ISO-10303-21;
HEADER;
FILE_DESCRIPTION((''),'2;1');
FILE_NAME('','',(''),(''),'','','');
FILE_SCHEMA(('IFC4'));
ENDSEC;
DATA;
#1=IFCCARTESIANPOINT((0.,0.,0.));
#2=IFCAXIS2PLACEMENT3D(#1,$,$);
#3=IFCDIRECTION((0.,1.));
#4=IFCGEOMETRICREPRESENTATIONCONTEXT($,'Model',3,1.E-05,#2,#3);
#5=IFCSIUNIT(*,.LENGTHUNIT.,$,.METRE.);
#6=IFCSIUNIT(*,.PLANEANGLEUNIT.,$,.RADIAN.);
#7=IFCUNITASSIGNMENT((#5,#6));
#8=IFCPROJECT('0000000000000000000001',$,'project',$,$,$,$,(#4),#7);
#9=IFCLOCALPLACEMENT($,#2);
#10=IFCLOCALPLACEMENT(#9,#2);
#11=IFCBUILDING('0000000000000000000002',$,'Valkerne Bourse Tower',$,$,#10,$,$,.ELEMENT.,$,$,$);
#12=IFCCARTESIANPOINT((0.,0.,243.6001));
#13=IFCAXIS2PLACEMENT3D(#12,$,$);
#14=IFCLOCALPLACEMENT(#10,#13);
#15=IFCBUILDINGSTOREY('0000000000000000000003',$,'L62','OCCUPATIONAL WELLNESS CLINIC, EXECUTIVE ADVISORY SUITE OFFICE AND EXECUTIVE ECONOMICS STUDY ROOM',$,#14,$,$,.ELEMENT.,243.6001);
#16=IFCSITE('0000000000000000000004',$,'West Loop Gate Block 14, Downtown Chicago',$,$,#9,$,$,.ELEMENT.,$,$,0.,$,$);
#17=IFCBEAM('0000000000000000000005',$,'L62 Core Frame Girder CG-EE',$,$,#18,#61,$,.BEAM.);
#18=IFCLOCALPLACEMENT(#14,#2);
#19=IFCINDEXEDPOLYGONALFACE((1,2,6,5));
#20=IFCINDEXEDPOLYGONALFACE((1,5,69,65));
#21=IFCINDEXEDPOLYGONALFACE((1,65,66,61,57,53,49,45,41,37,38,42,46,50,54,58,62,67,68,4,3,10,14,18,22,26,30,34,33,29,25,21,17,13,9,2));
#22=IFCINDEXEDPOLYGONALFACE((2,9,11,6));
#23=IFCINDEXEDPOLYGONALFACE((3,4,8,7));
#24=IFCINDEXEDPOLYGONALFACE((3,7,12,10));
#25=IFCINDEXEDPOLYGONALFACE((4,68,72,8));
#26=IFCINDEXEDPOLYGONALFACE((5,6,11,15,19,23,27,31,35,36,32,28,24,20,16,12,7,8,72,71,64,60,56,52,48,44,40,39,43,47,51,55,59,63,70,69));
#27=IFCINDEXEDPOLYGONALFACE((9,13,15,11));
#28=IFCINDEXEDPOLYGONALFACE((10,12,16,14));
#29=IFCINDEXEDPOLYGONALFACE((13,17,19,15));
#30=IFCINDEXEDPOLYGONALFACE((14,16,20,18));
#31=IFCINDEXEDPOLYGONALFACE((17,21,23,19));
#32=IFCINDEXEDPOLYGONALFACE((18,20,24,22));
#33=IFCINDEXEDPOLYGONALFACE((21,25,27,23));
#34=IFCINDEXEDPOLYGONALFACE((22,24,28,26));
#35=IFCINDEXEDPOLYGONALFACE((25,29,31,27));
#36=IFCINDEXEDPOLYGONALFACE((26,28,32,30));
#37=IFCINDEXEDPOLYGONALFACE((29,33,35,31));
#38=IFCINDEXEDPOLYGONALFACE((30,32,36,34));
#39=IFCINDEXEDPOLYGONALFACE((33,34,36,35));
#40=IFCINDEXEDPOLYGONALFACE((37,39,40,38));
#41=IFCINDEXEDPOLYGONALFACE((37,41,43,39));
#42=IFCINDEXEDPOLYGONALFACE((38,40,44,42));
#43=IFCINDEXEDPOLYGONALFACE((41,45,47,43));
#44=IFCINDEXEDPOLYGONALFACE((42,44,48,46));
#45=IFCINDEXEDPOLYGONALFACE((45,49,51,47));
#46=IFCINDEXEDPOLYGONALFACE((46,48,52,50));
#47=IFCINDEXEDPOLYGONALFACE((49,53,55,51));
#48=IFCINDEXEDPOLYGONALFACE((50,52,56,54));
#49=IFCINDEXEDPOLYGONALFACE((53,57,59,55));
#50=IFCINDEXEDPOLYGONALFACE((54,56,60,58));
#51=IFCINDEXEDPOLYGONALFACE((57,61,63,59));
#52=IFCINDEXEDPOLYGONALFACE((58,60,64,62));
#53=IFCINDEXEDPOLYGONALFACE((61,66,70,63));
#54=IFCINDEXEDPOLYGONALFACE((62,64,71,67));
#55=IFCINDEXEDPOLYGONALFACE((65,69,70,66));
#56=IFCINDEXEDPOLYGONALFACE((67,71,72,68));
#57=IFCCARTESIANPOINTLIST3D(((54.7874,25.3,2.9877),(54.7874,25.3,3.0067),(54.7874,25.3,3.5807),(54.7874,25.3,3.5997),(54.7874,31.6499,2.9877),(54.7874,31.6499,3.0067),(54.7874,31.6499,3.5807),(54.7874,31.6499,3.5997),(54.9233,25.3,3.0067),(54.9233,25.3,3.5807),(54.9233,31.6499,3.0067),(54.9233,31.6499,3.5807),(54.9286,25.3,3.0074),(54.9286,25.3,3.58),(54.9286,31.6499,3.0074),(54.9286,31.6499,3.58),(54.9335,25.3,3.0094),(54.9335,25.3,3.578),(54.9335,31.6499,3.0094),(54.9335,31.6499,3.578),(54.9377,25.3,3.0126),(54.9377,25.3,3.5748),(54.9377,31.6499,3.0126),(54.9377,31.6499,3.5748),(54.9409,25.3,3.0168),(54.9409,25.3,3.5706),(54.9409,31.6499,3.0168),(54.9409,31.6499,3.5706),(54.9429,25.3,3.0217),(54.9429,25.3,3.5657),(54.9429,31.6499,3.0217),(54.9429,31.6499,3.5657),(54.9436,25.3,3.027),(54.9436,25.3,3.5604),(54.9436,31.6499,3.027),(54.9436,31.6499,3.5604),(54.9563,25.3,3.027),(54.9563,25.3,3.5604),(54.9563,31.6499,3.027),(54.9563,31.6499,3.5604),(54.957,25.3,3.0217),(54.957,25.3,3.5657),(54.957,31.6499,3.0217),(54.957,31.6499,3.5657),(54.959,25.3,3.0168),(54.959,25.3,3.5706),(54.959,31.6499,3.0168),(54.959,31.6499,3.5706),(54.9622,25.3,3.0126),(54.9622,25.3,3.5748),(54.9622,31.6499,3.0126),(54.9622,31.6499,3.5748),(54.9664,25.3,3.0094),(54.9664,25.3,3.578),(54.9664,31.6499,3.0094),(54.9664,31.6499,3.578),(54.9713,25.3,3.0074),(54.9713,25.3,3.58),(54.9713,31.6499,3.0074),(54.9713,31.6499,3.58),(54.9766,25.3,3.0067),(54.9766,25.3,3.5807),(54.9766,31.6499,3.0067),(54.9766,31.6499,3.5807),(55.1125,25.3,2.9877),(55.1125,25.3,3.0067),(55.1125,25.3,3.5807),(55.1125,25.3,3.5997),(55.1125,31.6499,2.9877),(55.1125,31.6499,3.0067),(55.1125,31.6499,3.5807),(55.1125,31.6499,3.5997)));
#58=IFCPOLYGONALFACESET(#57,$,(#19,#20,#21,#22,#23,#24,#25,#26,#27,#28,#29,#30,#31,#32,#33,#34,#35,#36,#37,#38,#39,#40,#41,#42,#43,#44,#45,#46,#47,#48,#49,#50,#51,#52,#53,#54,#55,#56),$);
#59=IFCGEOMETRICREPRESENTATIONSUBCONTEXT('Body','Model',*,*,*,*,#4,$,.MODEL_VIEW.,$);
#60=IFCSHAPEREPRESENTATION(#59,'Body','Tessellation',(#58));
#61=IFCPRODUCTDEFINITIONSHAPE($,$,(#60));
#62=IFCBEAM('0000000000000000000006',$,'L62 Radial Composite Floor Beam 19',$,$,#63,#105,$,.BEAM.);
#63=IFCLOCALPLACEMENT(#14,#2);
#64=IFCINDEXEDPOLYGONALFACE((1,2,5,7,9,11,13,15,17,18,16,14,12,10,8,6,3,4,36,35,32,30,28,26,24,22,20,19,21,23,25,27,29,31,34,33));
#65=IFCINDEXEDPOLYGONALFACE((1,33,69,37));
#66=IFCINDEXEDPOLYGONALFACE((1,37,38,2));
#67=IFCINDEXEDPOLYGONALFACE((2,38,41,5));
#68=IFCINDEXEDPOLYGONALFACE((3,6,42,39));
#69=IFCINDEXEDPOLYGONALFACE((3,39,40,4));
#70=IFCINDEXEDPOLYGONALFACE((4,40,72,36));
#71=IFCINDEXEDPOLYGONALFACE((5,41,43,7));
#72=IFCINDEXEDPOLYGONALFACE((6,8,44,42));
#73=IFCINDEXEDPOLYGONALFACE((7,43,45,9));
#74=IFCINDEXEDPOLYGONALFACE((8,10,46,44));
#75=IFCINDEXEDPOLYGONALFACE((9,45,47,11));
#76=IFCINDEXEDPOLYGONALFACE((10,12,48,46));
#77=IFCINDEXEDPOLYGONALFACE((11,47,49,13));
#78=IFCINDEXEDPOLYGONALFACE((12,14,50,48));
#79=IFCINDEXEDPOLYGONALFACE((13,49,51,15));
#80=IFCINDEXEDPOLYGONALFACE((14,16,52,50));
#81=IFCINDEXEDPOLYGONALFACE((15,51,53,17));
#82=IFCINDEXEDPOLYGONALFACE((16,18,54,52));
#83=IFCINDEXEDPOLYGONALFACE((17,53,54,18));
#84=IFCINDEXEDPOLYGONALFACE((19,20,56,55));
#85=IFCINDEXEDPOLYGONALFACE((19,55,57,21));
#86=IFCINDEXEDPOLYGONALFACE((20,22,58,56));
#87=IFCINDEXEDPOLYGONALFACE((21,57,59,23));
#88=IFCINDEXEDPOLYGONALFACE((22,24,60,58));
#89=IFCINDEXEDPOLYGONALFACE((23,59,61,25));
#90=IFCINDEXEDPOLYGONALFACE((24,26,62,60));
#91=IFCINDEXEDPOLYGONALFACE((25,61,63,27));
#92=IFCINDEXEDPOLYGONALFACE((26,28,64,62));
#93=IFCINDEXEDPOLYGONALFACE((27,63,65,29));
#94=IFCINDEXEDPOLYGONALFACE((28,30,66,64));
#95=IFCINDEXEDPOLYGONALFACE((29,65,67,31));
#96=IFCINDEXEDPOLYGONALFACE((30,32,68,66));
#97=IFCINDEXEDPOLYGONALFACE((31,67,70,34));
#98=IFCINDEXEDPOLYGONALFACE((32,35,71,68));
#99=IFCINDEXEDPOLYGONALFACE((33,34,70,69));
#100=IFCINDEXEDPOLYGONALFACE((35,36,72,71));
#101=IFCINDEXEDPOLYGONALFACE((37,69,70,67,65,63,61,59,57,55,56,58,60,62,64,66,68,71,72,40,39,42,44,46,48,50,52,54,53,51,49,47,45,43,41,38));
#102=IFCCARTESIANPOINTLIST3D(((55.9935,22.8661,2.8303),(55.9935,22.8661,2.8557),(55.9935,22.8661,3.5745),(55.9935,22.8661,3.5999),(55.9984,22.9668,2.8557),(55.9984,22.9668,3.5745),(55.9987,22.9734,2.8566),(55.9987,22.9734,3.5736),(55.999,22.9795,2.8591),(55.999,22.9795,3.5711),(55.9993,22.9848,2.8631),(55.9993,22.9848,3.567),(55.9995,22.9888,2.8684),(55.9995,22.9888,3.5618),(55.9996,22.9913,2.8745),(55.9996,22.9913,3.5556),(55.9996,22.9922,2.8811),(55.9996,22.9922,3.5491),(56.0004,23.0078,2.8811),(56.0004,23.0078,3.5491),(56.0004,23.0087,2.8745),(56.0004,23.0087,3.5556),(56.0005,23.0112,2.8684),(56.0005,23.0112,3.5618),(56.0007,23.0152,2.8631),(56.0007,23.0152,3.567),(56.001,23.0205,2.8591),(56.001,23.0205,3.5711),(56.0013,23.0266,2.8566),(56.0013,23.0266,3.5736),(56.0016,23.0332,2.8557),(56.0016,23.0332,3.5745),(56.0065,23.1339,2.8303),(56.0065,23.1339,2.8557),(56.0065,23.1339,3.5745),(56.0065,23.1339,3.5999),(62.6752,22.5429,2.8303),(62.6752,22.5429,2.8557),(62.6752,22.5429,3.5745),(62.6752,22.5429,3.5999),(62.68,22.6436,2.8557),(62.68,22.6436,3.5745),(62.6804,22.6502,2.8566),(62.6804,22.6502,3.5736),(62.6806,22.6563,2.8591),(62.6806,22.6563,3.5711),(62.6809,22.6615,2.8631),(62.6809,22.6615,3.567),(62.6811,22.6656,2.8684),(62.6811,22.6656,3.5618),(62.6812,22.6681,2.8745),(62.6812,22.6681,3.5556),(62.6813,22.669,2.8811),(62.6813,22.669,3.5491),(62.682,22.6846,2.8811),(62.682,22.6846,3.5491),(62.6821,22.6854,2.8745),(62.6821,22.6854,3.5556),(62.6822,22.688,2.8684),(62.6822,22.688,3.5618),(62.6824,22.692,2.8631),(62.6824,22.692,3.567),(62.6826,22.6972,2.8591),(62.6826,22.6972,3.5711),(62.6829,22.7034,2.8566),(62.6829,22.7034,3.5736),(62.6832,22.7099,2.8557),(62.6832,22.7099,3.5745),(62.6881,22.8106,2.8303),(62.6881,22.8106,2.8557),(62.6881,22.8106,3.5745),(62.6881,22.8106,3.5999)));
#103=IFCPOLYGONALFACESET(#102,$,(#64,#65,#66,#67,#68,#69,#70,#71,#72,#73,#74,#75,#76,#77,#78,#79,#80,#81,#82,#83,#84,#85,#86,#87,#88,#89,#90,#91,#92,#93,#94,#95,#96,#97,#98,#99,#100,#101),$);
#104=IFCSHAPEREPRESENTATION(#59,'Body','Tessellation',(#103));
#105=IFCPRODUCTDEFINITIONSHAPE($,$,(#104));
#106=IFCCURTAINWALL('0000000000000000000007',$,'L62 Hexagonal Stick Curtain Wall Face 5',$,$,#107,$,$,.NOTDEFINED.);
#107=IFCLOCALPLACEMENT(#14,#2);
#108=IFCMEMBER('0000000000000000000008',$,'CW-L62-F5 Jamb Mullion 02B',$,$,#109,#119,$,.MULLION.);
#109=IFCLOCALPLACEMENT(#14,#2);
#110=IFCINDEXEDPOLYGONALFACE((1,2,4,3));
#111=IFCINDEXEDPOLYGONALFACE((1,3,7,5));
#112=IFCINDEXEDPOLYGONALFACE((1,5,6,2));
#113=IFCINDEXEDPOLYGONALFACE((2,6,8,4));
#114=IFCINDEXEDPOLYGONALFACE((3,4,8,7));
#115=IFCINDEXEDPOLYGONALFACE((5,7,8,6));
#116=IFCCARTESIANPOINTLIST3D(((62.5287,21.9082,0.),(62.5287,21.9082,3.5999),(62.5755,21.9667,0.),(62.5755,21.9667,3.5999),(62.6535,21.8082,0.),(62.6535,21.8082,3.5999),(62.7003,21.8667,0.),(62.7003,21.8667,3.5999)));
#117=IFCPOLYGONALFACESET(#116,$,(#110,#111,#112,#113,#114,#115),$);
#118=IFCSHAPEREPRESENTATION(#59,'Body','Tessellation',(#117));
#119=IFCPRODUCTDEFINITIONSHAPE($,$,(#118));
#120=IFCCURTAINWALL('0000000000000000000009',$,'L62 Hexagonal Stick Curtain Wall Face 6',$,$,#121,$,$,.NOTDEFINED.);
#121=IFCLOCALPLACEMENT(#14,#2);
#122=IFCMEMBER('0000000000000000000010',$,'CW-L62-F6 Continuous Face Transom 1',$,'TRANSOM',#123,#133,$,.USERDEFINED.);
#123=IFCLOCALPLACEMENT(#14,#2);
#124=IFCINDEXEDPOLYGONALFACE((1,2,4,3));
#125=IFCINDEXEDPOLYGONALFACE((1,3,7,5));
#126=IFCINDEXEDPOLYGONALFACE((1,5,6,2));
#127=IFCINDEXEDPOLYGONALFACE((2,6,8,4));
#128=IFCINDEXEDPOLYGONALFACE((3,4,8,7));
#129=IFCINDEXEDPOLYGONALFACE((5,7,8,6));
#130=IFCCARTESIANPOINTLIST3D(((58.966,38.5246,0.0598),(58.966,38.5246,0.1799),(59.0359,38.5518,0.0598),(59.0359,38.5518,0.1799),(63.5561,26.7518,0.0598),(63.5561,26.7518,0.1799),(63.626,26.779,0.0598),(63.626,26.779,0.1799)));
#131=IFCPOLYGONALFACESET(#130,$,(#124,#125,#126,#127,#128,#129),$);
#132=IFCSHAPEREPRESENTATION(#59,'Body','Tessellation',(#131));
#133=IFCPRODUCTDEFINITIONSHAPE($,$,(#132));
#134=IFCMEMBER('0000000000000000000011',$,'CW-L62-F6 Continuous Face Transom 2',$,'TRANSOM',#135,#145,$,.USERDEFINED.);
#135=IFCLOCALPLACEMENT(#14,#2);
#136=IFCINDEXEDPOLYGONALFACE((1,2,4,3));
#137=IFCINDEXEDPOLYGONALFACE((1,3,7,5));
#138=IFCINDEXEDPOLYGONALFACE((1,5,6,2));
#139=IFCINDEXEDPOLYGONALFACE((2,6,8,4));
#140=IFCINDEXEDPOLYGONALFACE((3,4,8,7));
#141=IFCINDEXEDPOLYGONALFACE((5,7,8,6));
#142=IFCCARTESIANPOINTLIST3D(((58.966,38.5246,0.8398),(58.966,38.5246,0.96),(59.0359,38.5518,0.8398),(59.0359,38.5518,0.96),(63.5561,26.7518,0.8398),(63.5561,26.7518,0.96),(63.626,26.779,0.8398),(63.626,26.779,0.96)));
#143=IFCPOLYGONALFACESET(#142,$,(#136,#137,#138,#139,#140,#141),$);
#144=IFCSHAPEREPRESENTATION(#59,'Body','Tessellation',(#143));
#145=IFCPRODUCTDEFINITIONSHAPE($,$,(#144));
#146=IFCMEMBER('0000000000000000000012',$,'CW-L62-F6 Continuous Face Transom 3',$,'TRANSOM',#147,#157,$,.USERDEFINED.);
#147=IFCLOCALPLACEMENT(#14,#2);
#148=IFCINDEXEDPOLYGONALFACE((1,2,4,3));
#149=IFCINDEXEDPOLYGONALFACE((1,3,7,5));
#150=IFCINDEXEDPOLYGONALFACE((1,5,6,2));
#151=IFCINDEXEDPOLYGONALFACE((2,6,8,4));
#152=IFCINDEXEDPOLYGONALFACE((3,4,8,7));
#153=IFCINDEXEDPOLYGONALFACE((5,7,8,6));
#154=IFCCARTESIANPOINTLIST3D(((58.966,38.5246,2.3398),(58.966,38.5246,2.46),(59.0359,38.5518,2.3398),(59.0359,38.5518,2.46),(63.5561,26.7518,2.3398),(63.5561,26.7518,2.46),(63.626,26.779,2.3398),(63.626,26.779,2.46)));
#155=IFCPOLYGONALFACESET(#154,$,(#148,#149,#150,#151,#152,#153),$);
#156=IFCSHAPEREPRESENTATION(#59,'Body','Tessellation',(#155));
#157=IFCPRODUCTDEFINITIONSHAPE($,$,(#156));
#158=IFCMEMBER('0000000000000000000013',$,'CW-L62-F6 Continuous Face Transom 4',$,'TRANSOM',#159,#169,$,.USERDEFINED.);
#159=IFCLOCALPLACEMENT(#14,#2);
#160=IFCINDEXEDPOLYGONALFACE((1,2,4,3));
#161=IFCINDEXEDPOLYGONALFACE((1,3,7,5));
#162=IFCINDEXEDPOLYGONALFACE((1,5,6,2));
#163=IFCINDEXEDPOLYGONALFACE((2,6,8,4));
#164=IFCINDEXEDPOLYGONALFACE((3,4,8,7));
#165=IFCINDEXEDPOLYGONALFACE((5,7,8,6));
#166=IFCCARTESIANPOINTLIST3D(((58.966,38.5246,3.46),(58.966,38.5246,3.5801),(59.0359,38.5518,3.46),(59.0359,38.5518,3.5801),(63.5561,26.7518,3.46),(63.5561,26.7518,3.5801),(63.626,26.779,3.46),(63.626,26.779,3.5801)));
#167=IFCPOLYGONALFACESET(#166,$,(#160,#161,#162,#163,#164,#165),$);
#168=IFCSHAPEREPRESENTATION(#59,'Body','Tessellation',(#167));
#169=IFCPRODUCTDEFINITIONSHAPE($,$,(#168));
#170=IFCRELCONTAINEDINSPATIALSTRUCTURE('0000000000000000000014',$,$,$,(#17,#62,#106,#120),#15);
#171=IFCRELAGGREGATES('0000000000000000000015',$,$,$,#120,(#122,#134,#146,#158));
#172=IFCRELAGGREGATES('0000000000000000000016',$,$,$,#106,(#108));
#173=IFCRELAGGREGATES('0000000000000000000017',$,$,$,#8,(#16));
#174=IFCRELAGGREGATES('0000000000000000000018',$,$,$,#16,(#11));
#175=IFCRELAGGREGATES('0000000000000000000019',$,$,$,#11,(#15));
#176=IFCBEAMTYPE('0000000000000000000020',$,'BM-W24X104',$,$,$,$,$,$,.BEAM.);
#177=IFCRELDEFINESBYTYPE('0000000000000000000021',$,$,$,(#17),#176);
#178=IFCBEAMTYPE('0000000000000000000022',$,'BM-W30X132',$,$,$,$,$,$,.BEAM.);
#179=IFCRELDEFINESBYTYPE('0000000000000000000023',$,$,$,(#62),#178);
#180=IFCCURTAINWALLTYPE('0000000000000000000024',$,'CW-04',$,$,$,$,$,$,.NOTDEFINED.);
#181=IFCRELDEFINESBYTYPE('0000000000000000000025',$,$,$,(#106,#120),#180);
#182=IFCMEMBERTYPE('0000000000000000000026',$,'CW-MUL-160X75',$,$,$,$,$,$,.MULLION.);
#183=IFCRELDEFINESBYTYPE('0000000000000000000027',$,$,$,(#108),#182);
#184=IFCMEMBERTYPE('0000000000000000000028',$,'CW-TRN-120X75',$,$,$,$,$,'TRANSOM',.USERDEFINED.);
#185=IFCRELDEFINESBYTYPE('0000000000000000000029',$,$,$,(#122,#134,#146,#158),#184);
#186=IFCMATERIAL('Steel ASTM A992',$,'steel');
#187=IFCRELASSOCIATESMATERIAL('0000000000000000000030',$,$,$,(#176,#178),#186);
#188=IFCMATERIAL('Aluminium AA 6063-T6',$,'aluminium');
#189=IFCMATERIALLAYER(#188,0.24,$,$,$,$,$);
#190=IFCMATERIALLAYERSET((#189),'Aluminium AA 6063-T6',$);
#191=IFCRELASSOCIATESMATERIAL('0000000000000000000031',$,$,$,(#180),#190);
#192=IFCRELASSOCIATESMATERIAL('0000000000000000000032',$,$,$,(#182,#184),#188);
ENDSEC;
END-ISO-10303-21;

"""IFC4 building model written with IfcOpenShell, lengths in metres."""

from ifc_helpers import new_model, si_unit, direction, frame, origin, origin_2d, place, context, subcontext, project, spatial, rectangle, i_section, extrude, material, layer, layer_set, material_profile, profile_set, type_object, element, aggregate, save


model = new_model("IFC4")

# Units and contexts
model_context = context("Model", 3, precision=1e-05, world=origin(), true_north=direction((0.0, 1.0)))
body_context = subcontext(model_context, "Body", "Model", "MODEL_VIEW")
ifc_project = project(units=[si_unit("LENGTHUNIT", "METRE"), si_unit("PLANEANGLEUNIT", "RADIAN")], contexts=[model_context])

# Site, building, storey
site_placement = place(None, origin())
site = spatial("IfcSite", under=ifc_project, at=site_placement, Name="West Loop Gate Block 14, Downtown Chicago", CompositionType="ELEMENT", RefElevation=0.0)
building_placement = place(site_placement, origin())
building = spatial("IfcBuilding", under=site, at=building_placement, Name="Valkerne Bourse Tower", CompositionType="ELEMENT")
storey_placement = place(building_placement, frame((0.0, 0.0, 243.6001)))
storey = spatial("IfcBuildingStorey", under=building, at=storey_placement, Name="L62", Description="OCCUPATIONAL WELLNESS CLINIC, EXECUTIVE ADVISORY SUITE OFFICE AND EXECUTIVE ECONOMICS STUDY ROOM", CompositionType="ELEMENT", Elevation=243.6001)

# Beams
ifc_material_1 = material(Name="Steel ASTM A992", Category="steel")
ifc_material_profile_1 = material_profile(ifc_material_1, i_section(OverallWidth=0.3252, OverallDepth=0.6121, WebThickness=0.0127, FlangeThickness=0.019, FilletRadius=0.0203, at=origin_2d()), Name="W24X104")
ifc_profile_set_1 = profile_set([ifc_material_profile_1], Name="Steel ASTM A992")
beam_type_1 = type_object("IfcBeamType", Name="BM-W24X104", PredefinedType="BEAM", material=ifc_profile_set_1)
beam_1_placement = place(storey_placement, frame((54.95, 25.3, 3.2937), z_axis=(0.0, 1.0, 0.0), x_axis=(-1.0, 0.0, 0.0)))
element("IfcBeam", 1, at=beam_1_placement, inside=storey, type_object=beam_type_1, Name="L62 Core Frame Girder CG-EE", PredefinedType="BEAM", context=body_context, shape_type="SweptSolid", body=[
    extrude(i_section(OverallWidth=0.3252, OverallDepth=0.6121, WebThickness=0.0127, FlangeThickness=0.019, FilletRadius=0.0203, at=origin_2d()), origin(), (0.0, 0.0, 1.0), 6.3499),
])
ifc_material_profile_2 = material_profile(ifc_material_1, i_section(OverallWidth=0.2681, OverallDepth=0.7695, WebThickness=0.0156, FlangeThickness=0.0254, FilletRadius=0.0254, at=origin_2d()), Name="W30X132")
ifc_profile_set_2 = profile_set([ifc_material_profile_2], Name="Steel ASTM A992")
beam_type_2 = type_object("IfcBeamType", Name="BM-W30X132", PredefinedType="BEAM", material=ifc_profile_set_2)
beam_2_placement = place(storey_placement, frame((62.6816, 22.6768, 3.2151), z_axis=(-0.998832, 0.048321, 0.0), x_axis=(-0.048321, -0.998832, 0.0)))
element("IfcBeam", 2, at=beam_2_placement, inside=storey, type_object=beam_type_2, Name="L62 Radial Composite Floor Beam 19", PredefinedType="BEAM", context=body_context, shape_type="SweptSolid", body=[
    extrude(i_section(OverallWidth=0.2681, OverallDepth=0.7695, WebThickness=0.0156, FlangeThickness=0.0254, FilletRadius=0.0254, at=origin_2d()), origin(), (0.0, 0.0, 1.0), 6.6895),
])

# Curtain wall, member
ifc_material_2 = material(Name="Aluminium AA 6063-T6", Category="aluminium")
ifc_layer_1 = layer(ifc_material_2, 0.24)
ifc_layer_set_1 = layer_set([ifc_layer_1], Name="Aluminium AA 6063-T6")
curtain_wall_type = type_object("IfcCurtainWallType", Name="CW-04", PredefinedType="NOTDEFINED", material=ifc_layer_set_1)
curtain_wall_1_placement = place(storey_placement, origin())
curtain_wall_1 = element("IfcCurtainWall", 3, at=curtain_wall_1_placement, inside=storey, type_object=curtain_wall_type, Name="L62 Hexagonal Stick Curtain Wall Face 5", PredefinedType="NOTDEFINED")
ifc_material_profile_3 = material_profile(ifc_material_2, rectangle(XDim=0.075, YDim=0.1599, at=origin_2d()), Name="CWM-75X160")
ifc_profile_set_3 = profile_set([ifc_material_profile_3], Name="Aluminium AA 6063-T6")
member_type_1 = type_object("IfcMemberType", Name="CW-MUL-160X75", PredefinedType="MULLION", material=ifc_profile_set_3)
member_1_placement = place(storey_placement, frame((62.6145, 21.8875, 0.0), z_axis=(0.0, 0.0, 1.0), x_axis=(0.625236, 0.780435, 0.0)))
member_1 = element("IfcMember", 4, at=member_1_placement, type_object=member_type_1, Name="CW-L62-F5 Jamb Mullion 02B", PredefinedType="MULLION", context=body_context, shape_type="SweptSolid", body=[
    extrude(rectangle(XDim=0.075, YDim=0.1599, at=origin_2d()), origin(), (0.0, 0.0, 1.0), 3.5999),
])

# Curtain wall, members
curtain_wall_2_placement = place(storey_placement, origin())
curtain_wall_2 = element("IfcCurtainWall", 5, at=curtain_wall_2_placement, inside=storey, type_object=curtain_wall_type, Name="L62 Hexagonal Stick Curtain Wall Face 6", PredefinedType="NOTDEFINED")
ifc_material_profile_4 = material_profile(ifc_material_2, rectangle(XDim=0.075, YDim=0.1201, at=origin_2d()), Name="CWT-75X120")
ifc_profile_set_4 = profile_set([ifc_material_profile_4], Name="Aluminium AA 6063-T6")
member_type_2 = type_object("IfcMemberType", Name="CW-TRN-120X75", ElementType="TRANSOM", PredefinedType="USERDEFINED", material=ifc_profile_set_4)
member_2_placement = place(storey_placement, frame((63.5911, 26.7654, 0.1199), z_axis=(-0.363258, 0.931688, 0.0), x_axis=(-0.931688, -0.363258, 0.0)))
member_2 = element("IfcMember", 6, at=member_2_placement, type_object=member_type_2, Name="CW-L62-F6 Continuous Face Transom 1", ObjectType="TRANSOM", PredefinedType="USERDEFINED", context=body_context, shape_type="SweptSolid", body=[
    extrude(rectangle(XDim=0.075, YDim=0.1201, at=origin_2d()), origin(), (0.0, 0.0, 1.0), 12.636),
])
member_3_placement = place(storey_placement, frame((63.5911, 26.7654, 0.8999), z_axis=(-0.363258, 0.931688, 0.0), x_axis=(-0.931688, -0.363258, 0.0)))
member_3 = element("IfcMember", 7, at=member_3_placement, type_object=member_type_2, Name="CW-L62-F6 Continuous Face Transom 2", ObjectType="TRANSOM", PredefinedType="USERDEFINED", context=body_context, shape_type="SweptSolid", body=[
    extrude(rectangle(XDim=0.075, YDim=0.1201, at=origin_2d()), origin(), (0.0, 0.0, 1.0), 12.636),
])
member_4_placement = place(storey_placement, frame((63.5911, 26.7654, 2.3999), z_axis=(-0.363258, 0.931688, 0.0), x_axis=(-0.931688, -0.363258, 0.0)))
member_4 = element("IfcMember", 8, at=member_4_placement, type_object=member_type_2, Name="CW-L62-F6 Continuous Face Transom 3", ObjectType="TRANSOM", PredefinedType="USERDEFINED", context=body_context, shape_type="SweptSolid", body=[
    extrude(rectangle(XDim=0.075, YDim=0.1201, at=origin_2d()), origin(), (0.0, 0.0, 1.0), 12.636),
])
member_5_placement = place(storey_placement, frame((63.5911, 26.7654, 3.52), z_axis=(-0.363258, 0.931688, 0.0), x_axis=(-0.931688, -0.363258, 0.0)))
member_5 = element("IfcMember", 9, at=member_5_placement, type_object=member_type_2, Name="CW-L62-F6 Continuous Face Transom 4", ObjectType="TRANSOM", PredefinedType="USERDEFINED", context=body_context, shape_type="SweptSolid", body=[
    extrude(rectangle(XDim=0.075, YDim=0.1201, at=origin_2d()), origin(), (0.0, 0.0, 1.0), 12.636),
])
aggregate(curtain_wall_2, [member_2, member_3, member_4, member_5])

aggregate(curtain_wall_1, [member_1])

save(model, "model.ifc")
